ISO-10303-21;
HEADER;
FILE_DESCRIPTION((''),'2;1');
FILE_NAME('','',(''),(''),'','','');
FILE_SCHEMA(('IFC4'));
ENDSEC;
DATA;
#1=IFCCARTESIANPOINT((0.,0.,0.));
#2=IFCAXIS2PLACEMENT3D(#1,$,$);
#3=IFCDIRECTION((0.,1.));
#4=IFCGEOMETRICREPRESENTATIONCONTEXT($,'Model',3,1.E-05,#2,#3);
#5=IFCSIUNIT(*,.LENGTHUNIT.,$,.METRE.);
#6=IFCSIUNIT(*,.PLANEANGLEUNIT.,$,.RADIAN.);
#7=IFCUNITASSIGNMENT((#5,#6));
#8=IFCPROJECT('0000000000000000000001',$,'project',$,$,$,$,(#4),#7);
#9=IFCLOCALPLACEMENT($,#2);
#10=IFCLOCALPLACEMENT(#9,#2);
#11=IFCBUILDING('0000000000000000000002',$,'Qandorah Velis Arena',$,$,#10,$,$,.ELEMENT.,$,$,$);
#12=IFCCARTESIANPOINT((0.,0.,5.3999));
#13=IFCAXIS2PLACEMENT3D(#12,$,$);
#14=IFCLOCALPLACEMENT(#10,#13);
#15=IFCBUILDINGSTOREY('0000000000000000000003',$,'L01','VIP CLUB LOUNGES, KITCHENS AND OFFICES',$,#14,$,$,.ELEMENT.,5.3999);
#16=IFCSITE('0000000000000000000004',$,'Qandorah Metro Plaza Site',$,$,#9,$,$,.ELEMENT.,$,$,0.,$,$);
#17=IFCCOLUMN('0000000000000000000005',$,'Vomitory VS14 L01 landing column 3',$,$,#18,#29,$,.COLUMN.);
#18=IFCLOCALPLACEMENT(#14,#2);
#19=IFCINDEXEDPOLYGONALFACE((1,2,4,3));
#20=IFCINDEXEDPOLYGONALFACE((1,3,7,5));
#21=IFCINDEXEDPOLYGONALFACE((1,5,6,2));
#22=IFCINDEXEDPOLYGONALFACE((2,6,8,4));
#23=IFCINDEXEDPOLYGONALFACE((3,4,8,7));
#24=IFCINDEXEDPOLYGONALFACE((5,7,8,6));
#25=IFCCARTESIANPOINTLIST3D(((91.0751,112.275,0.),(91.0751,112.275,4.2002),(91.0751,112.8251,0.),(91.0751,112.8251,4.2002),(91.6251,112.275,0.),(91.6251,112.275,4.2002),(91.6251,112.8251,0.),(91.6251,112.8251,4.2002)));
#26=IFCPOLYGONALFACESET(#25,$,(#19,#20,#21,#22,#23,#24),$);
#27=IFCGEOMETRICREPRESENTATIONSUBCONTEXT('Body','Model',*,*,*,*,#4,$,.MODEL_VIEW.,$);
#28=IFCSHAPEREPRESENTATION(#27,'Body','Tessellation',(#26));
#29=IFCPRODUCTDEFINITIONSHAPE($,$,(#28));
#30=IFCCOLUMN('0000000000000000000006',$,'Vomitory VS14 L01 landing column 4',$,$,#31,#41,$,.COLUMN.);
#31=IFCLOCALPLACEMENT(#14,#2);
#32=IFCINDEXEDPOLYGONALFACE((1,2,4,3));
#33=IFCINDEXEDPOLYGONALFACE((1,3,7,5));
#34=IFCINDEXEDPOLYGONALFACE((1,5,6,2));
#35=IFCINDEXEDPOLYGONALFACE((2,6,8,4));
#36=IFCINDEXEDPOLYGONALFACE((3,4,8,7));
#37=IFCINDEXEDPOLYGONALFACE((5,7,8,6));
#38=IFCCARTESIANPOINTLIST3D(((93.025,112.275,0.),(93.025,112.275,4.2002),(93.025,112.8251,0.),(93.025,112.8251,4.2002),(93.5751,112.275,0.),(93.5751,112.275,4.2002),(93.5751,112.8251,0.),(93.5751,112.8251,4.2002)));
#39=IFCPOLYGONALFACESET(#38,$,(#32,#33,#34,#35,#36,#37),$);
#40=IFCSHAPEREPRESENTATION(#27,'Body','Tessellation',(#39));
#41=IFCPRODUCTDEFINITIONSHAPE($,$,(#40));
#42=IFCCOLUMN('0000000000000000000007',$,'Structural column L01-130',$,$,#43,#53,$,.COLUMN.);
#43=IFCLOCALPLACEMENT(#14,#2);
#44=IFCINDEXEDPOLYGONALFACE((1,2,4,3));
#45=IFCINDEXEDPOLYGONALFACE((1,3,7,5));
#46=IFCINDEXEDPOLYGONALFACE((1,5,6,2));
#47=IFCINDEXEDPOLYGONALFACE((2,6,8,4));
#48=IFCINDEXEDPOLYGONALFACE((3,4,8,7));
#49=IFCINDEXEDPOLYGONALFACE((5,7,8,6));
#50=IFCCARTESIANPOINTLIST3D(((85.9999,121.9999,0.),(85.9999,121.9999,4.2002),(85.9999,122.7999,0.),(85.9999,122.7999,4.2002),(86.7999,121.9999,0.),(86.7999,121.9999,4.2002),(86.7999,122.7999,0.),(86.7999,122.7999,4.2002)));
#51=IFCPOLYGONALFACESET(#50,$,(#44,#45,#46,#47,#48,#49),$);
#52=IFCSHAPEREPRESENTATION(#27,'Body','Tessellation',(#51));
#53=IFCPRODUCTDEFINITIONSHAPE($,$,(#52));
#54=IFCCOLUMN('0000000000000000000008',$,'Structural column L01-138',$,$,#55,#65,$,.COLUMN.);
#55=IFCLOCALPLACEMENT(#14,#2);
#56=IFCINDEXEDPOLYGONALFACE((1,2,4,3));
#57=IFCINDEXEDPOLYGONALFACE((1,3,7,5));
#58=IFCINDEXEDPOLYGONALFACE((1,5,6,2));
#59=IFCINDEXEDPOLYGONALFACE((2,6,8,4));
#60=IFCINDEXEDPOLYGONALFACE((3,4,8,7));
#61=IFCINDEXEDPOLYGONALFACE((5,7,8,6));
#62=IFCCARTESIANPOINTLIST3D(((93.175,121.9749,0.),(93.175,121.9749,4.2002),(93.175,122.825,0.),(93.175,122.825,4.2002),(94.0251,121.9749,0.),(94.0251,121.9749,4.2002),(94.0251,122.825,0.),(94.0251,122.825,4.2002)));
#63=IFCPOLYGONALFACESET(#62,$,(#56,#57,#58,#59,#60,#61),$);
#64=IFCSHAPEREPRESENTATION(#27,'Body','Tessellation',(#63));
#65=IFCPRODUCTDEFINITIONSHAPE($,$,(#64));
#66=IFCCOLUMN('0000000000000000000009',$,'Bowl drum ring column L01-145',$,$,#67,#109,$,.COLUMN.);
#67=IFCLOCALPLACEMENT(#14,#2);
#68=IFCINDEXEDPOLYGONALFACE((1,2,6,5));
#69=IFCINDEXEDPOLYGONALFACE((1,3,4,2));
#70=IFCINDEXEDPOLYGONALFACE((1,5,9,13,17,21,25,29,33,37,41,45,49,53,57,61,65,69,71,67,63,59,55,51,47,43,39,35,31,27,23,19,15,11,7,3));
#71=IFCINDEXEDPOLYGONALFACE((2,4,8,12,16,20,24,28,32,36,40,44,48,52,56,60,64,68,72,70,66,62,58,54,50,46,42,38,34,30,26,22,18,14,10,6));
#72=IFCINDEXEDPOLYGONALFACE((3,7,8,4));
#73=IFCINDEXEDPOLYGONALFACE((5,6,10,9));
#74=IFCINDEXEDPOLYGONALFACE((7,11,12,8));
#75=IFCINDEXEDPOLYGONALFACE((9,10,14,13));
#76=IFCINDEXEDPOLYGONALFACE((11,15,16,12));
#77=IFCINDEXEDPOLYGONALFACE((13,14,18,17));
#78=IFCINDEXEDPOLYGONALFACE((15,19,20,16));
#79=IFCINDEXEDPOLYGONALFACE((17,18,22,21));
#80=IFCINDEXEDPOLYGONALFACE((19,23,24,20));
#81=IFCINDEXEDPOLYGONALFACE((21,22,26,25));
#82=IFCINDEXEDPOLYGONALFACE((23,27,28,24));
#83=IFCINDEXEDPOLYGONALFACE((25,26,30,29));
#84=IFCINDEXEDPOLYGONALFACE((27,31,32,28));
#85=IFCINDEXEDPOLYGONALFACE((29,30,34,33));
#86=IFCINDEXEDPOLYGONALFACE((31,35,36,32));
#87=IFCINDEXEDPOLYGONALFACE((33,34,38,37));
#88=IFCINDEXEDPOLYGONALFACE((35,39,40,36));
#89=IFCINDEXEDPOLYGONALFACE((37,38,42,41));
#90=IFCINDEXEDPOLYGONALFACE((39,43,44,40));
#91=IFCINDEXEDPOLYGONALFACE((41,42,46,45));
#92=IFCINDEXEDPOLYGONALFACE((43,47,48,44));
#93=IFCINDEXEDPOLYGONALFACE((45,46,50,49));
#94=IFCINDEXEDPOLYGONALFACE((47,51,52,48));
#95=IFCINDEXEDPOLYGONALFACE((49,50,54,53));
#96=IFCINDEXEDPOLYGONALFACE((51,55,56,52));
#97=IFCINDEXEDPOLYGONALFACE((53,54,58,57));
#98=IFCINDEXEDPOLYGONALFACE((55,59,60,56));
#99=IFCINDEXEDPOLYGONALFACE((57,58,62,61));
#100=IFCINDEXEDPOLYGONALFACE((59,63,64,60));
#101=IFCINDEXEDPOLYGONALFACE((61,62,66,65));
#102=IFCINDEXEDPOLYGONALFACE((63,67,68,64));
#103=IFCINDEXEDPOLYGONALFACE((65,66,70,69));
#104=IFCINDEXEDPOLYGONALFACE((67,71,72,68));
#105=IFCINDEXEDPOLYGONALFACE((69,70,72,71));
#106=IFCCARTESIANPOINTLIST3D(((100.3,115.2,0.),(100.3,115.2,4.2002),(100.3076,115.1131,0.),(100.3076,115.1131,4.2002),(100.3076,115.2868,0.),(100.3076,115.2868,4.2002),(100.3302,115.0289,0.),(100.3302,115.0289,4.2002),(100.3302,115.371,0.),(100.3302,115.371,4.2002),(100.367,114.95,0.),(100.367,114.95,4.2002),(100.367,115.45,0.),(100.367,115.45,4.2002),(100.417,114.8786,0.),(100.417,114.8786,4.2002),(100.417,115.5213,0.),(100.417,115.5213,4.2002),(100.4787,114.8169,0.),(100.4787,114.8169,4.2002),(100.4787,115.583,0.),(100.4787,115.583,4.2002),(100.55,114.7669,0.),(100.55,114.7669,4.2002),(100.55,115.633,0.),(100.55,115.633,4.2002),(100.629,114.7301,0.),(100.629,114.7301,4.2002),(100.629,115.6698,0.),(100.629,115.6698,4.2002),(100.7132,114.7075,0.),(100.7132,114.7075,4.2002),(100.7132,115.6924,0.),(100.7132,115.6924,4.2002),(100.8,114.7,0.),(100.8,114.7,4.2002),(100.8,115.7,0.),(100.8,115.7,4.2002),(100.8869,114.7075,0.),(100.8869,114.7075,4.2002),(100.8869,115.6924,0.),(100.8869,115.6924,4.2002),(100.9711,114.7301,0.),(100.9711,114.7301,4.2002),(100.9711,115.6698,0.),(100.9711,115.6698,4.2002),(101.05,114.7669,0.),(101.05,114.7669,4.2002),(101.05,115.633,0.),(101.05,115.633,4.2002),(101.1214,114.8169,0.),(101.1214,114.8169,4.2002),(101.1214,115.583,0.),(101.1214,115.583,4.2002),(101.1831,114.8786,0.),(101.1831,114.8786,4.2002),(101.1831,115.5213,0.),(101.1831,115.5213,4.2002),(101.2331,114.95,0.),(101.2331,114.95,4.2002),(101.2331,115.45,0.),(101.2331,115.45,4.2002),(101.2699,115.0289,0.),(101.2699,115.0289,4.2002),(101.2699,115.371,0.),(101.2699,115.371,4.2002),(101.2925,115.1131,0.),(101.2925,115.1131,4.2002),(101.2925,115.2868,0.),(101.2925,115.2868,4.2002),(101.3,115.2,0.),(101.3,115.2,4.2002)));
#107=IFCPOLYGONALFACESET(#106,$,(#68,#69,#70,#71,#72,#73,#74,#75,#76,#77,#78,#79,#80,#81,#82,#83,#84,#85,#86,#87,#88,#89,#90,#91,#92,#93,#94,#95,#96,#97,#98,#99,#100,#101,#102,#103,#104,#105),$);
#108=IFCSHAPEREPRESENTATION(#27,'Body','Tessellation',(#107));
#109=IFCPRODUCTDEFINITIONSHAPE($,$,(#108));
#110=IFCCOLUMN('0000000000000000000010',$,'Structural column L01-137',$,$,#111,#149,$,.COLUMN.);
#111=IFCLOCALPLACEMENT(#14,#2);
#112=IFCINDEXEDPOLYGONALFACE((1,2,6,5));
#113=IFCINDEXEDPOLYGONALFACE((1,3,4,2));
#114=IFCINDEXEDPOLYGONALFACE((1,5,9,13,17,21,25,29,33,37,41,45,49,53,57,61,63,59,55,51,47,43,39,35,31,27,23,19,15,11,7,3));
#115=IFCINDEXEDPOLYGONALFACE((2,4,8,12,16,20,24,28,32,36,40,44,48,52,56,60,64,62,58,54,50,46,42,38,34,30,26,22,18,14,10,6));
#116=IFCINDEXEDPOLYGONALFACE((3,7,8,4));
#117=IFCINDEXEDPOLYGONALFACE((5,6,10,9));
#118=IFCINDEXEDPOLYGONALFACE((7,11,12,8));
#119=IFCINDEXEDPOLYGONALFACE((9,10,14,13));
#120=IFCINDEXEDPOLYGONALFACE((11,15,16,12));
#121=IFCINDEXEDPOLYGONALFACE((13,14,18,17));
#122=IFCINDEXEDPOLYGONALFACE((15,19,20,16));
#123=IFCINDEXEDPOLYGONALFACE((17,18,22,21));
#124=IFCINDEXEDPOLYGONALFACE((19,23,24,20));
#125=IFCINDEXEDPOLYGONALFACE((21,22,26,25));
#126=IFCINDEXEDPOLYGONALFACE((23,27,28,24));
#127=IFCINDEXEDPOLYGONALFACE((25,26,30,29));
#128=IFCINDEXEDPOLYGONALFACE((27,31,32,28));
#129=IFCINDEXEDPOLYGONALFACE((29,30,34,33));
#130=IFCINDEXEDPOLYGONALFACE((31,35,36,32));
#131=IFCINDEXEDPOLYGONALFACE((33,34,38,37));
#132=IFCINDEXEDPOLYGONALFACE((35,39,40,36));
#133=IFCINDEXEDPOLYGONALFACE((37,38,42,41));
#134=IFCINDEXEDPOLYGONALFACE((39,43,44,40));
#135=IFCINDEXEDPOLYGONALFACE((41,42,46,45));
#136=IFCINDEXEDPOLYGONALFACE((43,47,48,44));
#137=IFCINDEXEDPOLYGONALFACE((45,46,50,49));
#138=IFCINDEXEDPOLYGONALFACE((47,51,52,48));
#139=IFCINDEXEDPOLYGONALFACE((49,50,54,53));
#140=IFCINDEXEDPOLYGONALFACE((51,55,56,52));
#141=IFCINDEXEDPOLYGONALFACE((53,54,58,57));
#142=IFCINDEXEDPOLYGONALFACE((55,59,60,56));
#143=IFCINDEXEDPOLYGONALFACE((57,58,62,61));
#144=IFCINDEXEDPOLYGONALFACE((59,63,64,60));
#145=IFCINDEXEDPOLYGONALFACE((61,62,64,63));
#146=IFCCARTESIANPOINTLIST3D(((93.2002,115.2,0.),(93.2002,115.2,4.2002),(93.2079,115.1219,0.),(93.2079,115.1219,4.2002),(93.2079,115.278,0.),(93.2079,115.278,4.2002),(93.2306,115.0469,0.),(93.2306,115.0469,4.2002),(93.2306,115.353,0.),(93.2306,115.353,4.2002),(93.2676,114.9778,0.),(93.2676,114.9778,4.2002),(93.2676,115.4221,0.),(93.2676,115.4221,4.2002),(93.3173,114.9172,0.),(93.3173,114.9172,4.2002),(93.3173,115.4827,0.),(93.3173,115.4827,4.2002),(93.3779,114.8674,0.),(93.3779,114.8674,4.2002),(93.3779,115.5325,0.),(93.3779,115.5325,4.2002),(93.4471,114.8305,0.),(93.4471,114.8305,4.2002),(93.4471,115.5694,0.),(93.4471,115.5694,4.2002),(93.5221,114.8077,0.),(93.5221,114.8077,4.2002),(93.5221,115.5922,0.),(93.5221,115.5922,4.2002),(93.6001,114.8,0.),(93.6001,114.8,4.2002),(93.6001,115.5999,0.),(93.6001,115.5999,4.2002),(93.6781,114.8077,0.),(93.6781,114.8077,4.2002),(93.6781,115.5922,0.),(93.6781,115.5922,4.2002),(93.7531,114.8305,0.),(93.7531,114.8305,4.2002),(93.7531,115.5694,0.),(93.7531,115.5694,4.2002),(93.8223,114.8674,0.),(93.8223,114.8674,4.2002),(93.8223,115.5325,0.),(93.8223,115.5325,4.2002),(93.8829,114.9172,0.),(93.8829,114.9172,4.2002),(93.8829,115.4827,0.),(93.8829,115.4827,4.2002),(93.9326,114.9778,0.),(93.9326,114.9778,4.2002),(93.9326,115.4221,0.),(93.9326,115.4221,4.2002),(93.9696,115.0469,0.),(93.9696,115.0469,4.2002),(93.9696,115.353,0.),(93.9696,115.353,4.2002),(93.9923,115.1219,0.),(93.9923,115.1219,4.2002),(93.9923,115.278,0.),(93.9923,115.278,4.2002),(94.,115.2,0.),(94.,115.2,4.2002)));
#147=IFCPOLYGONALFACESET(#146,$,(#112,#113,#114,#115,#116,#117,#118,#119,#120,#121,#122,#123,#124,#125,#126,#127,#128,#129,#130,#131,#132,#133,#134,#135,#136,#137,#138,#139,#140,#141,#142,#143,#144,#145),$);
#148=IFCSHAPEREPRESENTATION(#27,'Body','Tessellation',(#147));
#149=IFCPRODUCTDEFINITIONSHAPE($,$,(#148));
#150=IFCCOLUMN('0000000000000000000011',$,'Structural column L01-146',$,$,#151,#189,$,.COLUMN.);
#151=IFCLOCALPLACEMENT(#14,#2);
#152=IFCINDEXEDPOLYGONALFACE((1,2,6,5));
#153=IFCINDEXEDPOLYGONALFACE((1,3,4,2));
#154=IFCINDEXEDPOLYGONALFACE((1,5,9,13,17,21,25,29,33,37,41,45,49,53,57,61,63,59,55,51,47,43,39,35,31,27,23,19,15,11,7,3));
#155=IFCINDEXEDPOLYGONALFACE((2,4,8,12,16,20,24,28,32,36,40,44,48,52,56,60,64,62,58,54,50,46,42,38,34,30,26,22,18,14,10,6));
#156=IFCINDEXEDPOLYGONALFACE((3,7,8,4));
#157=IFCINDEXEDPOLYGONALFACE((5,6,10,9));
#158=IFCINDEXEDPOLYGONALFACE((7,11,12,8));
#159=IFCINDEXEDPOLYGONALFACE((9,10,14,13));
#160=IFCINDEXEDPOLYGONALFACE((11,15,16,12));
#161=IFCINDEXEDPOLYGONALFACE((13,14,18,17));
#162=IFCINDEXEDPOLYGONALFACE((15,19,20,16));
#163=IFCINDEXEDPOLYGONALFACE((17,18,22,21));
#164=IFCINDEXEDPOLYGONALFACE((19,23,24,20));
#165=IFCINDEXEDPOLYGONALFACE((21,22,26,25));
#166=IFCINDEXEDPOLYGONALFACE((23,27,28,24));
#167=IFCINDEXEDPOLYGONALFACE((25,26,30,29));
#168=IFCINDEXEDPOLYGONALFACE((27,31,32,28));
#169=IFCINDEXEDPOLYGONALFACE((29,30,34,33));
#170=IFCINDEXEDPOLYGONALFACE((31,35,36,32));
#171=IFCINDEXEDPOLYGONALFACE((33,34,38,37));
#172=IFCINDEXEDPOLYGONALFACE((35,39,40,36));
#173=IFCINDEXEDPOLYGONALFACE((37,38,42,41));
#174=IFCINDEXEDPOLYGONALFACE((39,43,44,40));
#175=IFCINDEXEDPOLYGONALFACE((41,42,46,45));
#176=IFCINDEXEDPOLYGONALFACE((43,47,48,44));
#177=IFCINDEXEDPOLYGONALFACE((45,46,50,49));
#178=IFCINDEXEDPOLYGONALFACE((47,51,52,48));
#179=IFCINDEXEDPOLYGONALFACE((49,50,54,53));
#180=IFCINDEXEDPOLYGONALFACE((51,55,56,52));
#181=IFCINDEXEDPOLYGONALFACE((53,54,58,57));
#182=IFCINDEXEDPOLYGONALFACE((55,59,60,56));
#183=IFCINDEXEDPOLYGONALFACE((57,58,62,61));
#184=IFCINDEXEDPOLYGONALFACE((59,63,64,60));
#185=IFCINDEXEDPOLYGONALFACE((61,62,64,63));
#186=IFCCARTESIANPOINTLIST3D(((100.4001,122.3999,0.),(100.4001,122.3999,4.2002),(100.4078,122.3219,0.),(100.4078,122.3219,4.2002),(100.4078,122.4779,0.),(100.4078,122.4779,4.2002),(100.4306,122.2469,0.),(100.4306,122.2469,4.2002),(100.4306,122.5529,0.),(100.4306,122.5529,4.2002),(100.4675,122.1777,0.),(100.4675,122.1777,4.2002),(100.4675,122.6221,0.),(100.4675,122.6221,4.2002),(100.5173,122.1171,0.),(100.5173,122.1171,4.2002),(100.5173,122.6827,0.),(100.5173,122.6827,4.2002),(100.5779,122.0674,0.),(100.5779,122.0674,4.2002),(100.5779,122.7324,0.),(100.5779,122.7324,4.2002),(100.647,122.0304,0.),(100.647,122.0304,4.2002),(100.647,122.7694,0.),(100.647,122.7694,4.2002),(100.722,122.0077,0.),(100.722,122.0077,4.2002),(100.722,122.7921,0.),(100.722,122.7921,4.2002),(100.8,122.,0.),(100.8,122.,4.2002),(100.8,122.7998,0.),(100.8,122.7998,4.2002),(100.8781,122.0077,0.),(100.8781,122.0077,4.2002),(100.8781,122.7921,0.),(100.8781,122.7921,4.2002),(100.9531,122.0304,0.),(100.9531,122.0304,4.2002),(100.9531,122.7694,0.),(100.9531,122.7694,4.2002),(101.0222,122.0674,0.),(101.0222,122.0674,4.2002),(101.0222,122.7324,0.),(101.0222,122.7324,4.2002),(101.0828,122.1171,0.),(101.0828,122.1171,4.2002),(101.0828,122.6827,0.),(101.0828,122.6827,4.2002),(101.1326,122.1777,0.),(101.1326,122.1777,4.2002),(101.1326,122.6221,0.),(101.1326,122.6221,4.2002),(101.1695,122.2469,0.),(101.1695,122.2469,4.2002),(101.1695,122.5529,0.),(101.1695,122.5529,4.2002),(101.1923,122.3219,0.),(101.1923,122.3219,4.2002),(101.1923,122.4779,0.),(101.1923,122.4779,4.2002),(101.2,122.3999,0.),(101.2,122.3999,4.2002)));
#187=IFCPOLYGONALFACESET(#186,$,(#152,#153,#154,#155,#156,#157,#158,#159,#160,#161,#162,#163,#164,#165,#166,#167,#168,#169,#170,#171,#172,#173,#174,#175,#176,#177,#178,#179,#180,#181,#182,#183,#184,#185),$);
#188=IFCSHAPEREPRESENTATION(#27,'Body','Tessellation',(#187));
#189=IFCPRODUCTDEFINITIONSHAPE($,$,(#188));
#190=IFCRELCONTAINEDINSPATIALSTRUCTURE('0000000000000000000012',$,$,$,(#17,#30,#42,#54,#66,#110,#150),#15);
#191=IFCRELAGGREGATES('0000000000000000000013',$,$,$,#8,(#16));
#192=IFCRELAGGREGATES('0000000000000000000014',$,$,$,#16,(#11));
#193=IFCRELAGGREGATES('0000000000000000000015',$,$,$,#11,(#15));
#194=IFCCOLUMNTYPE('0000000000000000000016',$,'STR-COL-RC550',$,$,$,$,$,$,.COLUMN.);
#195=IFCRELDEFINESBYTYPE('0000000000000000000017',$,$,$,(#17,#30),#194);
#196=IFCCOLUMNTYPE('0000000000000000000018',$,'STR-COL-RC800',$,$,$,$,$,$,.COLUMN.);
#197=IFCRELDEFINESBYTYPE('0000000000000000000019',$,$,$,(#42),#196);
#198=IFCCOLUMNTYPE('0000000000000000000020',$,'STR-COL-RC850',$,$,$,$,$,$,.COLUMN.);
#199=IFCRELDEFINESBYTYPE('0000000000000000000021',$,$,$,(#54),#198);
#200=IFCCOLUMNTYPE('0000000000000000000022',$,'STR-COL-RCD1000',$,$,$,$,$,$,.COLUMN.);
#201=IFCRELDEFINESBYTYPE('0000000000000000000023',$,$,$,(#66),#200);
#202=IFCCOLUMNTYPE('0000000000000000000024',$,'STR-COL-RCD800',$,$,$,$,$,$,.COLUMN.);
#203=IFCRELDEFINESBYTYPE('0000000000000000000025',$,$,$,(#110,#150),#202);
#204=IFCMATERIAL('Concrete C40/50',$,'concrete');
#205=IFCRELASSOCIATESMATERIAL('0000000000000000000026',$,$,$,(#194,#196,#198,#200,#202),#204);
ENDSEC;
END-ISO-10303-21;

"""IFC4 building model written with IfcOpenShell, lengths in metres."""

from ifc_helpers import new_model, si_unit, direction, frame, origin, origin_2d, place, context, subcontext, project, spatial, rectangle, circle, extrude, material, material_profile, profile_set, type_object, element, save


model = new_model("IFC4")

# Units and contexts
model_context = context("Model", 3, precision=1e-05, world=origin(), true_north=direction((0.0, 1.0)))
body_context = subcontext(model_context, "Body", "Model", "MODEL_VIEW")
ifc_project = project(units=[si_unit("LENGTHUNIT", "METRE"), si_unit("PLANEANGLEUNIT", "RADIAN")], contexts=[model_context])

# Site, building, storey
site_placement = place(None, origin())
site = spatial("IfcSite", under=ifc_project, at=site_placement, Name="Qandorah Metro Plaza Site", CompositionType="ELEMENT", RefElevation=0.0)
building_placement = place(site_placement, origin())
building = spatial("IfcBuilding", under=site, at=building_placement, Name="Qandorah Velis Arena", CompositionType="ELEMENT")
storey_placement = place(building_placement, frame((0.0, 0.0, 5.3999)))
storey = spatial("IfcBuildingStorey", under=building, at=storey_placement, Name="L01", Description="VIP CLUB LOUNGES, KITCHENS AND OFFICES", CompositionType="ELEMENT", Elevation=5.3999)

# Columns
ifc_material_1 = material(Name="Concrete C40/50", Category="concrete")
ifc_material_profile_1 = material_profile(ifc_material_1, rectangle(XDim=0.55, YDim=0.55, at=origin_2d()), Name="RC COL 550x550")
ifc_profile_set_1 = profile_set([ifc_material_profile_1], Name="Concrete C40/50")
column_type_1 = type_object("IfcColumnType", Name="STR-COL-RC550", PredefinedType="COLUMN", material=ifc_profile_set_1)
for number, where, z_axis, x_axis, name in (
    (1, (91.3501, 112.55, 0.0), (0.0, 0.0, 1.0), (1.0, 0.0, 0.0), "Vomitory VS14 L01 landing column 3"),
    (2, (93.3, 112.55, 0.0), (0.0, 0.0, 1.0), (1.0, 0.0, 0.0), "Vomitory VS14 L01 landing column 4"),
):
    element("IfcColumn", number, at=place(storey_placement, frame(where, z_axis=z_axis, x_axis=x_axis)), inside=storey, type_object=column_type_1, Name=name, PredefinedType="COLUMN", context=body_context, shape_type="SweptSolid", body=[
        extrude(rectangle(XDim=0.55, YDim=0.55, at=origin_2d()), origin(), (0.0, 0.0, 1.0), 4.2002),
    ])
ifc_material_profile_2 = material_profile(ifc_material_1, rectangle(XDim=0.8, YDim=0.8, at=origin_2d()), Name="RC COL 800x800")
ifc_profile_set_2 = profile_set([ifc_material_profile_2], Name="Concrete C40/50")
column_type_2 = type_object("IfcColumnType", Name="STR-COL-RC800", PredefinedType="COLUMN", material=ifc_profile_set_2)
column_1_placement = place(storey_placement, frame((86.3999, 122.3999, 0.0), z_axis=(0.0, 0.0, 1.0), x_axis=(1.0, 0.0, 0.0)))
element("IfcColumn", 3, at=column_1_placement, inside=storey, type_object=column_type_2, Name="Structural column L01-130", PredefinedType="COLUMN", context=body_context, shape_type="SweptSolid", body=[
    extrude(rectangle(XDim=0.8, YDim=0.8, at=origin_2d()), origin(), (0.0, 0.0, 1.0), 4.2002),
])
ifc_material_profile_3 = material_profile(ifc_material_1, rectangle(XDim=0.8501, YDim=0.8501, at=origin_2d()), Name="RC COL 850x850")
ifc_profile_set_3 = profile_set([ifc_material_profile_3], Name="Concrete C40/50")
column_type_3 = type_object("IfcColumnType", Name="STR-COL-RC850", PredefinedType="COLUMN", material=ifc_profile_set_3)
column_2_placement = place(storey_placement, frame((93.6001, 122.3999, 0.0), z_axis=(0.0, 0.0, 1.0), x_axis=(1.0, 0.0, 0.0)))
element("IfcColumn", 4, at=column_2_placement, inside=storey, type_object=column_type_3, Name="Structural column L01-138", PredefinedType="COLUMN", context=body_context, shape_type="SweptSolid", body=[
    extrude(rectangle(XDim=0.8501, YDim=0.8501, at=origin_2d()), origin(), (0.0, 0.0, 1.0), 4.2002),
])
ifc_material_profile_4 = material_profile(ifc_material_1, circle(Radius=0.5, at=origin_2d()), Name="RC D1000")
ifc_profile_set_4 = profile_set([ifc_material_profile_4], Name="Concrete C40/50")
column_type_4 = type_object("IfcColumnType", Name="STR-COL-RCD1000", PredefinedType="COLUMN", material=ifc_profile_set_4)
column_3_placement = place(storey_placement, frame((100.8, 115.2, 0.0), z_axis=(0.0, 0.0, 1.0), x_axis=(1.0, 0.0, 0.0)))
element("IfcColumn", 5, at=column_3_placement, inside=storey, type_object=column_type_4, Name="Bowl drum ring column L01-145", PredefinedType="COLUMN", context=body_context, shape_type="SweptSolid", body=[
    extrude(circle(Radius=0.5, at=origin_2d()), origin(), (0.0, 0.0, 1.0), 4.2002),
])
ifc_material_profile_5 = material_profile(ifc_material_1, circle(Radius=0.3999, at=origin_2d()), Name="RC D800")
ifc_profile_set_5 = profile_set([ifc_material_profile_5], Name="Concrete C40/50")
column_type_5 = type_object("IfcColumnType", Name="STR-COL-RCD800", PredefinedType="COLUMN", material=ifc_profile_set_5)
for number, where, z_axis, x_axis, name in (
    (6, (93.6001, 115.2, 0.0), (0.0, 0.0, 1.0), (1.0, 0.0, 0.0), "Structural column L01-137"),
    (7, (100.8, 122.3999, 0.0), (0.0, 0.0, 1.0), (1.0, 0.0, 0.0), "Structural column L01-146"),
):
    element("IfcColumn", number, at=place(storey_placement, frame(where, z_axis=z_axis, x_axis=x_axis)), inside=storey, type_object=column_type_5, Name=name, PredefinedType="COLUMN", context=body_context, shape_type="SweptSolid", body=[
        extrude(circle(Radius=0.3999, at=origin_2d()), origin(), (0.0, 0.0, 1.0), 4.2002),
    ])

save(model, "model.ifc")
